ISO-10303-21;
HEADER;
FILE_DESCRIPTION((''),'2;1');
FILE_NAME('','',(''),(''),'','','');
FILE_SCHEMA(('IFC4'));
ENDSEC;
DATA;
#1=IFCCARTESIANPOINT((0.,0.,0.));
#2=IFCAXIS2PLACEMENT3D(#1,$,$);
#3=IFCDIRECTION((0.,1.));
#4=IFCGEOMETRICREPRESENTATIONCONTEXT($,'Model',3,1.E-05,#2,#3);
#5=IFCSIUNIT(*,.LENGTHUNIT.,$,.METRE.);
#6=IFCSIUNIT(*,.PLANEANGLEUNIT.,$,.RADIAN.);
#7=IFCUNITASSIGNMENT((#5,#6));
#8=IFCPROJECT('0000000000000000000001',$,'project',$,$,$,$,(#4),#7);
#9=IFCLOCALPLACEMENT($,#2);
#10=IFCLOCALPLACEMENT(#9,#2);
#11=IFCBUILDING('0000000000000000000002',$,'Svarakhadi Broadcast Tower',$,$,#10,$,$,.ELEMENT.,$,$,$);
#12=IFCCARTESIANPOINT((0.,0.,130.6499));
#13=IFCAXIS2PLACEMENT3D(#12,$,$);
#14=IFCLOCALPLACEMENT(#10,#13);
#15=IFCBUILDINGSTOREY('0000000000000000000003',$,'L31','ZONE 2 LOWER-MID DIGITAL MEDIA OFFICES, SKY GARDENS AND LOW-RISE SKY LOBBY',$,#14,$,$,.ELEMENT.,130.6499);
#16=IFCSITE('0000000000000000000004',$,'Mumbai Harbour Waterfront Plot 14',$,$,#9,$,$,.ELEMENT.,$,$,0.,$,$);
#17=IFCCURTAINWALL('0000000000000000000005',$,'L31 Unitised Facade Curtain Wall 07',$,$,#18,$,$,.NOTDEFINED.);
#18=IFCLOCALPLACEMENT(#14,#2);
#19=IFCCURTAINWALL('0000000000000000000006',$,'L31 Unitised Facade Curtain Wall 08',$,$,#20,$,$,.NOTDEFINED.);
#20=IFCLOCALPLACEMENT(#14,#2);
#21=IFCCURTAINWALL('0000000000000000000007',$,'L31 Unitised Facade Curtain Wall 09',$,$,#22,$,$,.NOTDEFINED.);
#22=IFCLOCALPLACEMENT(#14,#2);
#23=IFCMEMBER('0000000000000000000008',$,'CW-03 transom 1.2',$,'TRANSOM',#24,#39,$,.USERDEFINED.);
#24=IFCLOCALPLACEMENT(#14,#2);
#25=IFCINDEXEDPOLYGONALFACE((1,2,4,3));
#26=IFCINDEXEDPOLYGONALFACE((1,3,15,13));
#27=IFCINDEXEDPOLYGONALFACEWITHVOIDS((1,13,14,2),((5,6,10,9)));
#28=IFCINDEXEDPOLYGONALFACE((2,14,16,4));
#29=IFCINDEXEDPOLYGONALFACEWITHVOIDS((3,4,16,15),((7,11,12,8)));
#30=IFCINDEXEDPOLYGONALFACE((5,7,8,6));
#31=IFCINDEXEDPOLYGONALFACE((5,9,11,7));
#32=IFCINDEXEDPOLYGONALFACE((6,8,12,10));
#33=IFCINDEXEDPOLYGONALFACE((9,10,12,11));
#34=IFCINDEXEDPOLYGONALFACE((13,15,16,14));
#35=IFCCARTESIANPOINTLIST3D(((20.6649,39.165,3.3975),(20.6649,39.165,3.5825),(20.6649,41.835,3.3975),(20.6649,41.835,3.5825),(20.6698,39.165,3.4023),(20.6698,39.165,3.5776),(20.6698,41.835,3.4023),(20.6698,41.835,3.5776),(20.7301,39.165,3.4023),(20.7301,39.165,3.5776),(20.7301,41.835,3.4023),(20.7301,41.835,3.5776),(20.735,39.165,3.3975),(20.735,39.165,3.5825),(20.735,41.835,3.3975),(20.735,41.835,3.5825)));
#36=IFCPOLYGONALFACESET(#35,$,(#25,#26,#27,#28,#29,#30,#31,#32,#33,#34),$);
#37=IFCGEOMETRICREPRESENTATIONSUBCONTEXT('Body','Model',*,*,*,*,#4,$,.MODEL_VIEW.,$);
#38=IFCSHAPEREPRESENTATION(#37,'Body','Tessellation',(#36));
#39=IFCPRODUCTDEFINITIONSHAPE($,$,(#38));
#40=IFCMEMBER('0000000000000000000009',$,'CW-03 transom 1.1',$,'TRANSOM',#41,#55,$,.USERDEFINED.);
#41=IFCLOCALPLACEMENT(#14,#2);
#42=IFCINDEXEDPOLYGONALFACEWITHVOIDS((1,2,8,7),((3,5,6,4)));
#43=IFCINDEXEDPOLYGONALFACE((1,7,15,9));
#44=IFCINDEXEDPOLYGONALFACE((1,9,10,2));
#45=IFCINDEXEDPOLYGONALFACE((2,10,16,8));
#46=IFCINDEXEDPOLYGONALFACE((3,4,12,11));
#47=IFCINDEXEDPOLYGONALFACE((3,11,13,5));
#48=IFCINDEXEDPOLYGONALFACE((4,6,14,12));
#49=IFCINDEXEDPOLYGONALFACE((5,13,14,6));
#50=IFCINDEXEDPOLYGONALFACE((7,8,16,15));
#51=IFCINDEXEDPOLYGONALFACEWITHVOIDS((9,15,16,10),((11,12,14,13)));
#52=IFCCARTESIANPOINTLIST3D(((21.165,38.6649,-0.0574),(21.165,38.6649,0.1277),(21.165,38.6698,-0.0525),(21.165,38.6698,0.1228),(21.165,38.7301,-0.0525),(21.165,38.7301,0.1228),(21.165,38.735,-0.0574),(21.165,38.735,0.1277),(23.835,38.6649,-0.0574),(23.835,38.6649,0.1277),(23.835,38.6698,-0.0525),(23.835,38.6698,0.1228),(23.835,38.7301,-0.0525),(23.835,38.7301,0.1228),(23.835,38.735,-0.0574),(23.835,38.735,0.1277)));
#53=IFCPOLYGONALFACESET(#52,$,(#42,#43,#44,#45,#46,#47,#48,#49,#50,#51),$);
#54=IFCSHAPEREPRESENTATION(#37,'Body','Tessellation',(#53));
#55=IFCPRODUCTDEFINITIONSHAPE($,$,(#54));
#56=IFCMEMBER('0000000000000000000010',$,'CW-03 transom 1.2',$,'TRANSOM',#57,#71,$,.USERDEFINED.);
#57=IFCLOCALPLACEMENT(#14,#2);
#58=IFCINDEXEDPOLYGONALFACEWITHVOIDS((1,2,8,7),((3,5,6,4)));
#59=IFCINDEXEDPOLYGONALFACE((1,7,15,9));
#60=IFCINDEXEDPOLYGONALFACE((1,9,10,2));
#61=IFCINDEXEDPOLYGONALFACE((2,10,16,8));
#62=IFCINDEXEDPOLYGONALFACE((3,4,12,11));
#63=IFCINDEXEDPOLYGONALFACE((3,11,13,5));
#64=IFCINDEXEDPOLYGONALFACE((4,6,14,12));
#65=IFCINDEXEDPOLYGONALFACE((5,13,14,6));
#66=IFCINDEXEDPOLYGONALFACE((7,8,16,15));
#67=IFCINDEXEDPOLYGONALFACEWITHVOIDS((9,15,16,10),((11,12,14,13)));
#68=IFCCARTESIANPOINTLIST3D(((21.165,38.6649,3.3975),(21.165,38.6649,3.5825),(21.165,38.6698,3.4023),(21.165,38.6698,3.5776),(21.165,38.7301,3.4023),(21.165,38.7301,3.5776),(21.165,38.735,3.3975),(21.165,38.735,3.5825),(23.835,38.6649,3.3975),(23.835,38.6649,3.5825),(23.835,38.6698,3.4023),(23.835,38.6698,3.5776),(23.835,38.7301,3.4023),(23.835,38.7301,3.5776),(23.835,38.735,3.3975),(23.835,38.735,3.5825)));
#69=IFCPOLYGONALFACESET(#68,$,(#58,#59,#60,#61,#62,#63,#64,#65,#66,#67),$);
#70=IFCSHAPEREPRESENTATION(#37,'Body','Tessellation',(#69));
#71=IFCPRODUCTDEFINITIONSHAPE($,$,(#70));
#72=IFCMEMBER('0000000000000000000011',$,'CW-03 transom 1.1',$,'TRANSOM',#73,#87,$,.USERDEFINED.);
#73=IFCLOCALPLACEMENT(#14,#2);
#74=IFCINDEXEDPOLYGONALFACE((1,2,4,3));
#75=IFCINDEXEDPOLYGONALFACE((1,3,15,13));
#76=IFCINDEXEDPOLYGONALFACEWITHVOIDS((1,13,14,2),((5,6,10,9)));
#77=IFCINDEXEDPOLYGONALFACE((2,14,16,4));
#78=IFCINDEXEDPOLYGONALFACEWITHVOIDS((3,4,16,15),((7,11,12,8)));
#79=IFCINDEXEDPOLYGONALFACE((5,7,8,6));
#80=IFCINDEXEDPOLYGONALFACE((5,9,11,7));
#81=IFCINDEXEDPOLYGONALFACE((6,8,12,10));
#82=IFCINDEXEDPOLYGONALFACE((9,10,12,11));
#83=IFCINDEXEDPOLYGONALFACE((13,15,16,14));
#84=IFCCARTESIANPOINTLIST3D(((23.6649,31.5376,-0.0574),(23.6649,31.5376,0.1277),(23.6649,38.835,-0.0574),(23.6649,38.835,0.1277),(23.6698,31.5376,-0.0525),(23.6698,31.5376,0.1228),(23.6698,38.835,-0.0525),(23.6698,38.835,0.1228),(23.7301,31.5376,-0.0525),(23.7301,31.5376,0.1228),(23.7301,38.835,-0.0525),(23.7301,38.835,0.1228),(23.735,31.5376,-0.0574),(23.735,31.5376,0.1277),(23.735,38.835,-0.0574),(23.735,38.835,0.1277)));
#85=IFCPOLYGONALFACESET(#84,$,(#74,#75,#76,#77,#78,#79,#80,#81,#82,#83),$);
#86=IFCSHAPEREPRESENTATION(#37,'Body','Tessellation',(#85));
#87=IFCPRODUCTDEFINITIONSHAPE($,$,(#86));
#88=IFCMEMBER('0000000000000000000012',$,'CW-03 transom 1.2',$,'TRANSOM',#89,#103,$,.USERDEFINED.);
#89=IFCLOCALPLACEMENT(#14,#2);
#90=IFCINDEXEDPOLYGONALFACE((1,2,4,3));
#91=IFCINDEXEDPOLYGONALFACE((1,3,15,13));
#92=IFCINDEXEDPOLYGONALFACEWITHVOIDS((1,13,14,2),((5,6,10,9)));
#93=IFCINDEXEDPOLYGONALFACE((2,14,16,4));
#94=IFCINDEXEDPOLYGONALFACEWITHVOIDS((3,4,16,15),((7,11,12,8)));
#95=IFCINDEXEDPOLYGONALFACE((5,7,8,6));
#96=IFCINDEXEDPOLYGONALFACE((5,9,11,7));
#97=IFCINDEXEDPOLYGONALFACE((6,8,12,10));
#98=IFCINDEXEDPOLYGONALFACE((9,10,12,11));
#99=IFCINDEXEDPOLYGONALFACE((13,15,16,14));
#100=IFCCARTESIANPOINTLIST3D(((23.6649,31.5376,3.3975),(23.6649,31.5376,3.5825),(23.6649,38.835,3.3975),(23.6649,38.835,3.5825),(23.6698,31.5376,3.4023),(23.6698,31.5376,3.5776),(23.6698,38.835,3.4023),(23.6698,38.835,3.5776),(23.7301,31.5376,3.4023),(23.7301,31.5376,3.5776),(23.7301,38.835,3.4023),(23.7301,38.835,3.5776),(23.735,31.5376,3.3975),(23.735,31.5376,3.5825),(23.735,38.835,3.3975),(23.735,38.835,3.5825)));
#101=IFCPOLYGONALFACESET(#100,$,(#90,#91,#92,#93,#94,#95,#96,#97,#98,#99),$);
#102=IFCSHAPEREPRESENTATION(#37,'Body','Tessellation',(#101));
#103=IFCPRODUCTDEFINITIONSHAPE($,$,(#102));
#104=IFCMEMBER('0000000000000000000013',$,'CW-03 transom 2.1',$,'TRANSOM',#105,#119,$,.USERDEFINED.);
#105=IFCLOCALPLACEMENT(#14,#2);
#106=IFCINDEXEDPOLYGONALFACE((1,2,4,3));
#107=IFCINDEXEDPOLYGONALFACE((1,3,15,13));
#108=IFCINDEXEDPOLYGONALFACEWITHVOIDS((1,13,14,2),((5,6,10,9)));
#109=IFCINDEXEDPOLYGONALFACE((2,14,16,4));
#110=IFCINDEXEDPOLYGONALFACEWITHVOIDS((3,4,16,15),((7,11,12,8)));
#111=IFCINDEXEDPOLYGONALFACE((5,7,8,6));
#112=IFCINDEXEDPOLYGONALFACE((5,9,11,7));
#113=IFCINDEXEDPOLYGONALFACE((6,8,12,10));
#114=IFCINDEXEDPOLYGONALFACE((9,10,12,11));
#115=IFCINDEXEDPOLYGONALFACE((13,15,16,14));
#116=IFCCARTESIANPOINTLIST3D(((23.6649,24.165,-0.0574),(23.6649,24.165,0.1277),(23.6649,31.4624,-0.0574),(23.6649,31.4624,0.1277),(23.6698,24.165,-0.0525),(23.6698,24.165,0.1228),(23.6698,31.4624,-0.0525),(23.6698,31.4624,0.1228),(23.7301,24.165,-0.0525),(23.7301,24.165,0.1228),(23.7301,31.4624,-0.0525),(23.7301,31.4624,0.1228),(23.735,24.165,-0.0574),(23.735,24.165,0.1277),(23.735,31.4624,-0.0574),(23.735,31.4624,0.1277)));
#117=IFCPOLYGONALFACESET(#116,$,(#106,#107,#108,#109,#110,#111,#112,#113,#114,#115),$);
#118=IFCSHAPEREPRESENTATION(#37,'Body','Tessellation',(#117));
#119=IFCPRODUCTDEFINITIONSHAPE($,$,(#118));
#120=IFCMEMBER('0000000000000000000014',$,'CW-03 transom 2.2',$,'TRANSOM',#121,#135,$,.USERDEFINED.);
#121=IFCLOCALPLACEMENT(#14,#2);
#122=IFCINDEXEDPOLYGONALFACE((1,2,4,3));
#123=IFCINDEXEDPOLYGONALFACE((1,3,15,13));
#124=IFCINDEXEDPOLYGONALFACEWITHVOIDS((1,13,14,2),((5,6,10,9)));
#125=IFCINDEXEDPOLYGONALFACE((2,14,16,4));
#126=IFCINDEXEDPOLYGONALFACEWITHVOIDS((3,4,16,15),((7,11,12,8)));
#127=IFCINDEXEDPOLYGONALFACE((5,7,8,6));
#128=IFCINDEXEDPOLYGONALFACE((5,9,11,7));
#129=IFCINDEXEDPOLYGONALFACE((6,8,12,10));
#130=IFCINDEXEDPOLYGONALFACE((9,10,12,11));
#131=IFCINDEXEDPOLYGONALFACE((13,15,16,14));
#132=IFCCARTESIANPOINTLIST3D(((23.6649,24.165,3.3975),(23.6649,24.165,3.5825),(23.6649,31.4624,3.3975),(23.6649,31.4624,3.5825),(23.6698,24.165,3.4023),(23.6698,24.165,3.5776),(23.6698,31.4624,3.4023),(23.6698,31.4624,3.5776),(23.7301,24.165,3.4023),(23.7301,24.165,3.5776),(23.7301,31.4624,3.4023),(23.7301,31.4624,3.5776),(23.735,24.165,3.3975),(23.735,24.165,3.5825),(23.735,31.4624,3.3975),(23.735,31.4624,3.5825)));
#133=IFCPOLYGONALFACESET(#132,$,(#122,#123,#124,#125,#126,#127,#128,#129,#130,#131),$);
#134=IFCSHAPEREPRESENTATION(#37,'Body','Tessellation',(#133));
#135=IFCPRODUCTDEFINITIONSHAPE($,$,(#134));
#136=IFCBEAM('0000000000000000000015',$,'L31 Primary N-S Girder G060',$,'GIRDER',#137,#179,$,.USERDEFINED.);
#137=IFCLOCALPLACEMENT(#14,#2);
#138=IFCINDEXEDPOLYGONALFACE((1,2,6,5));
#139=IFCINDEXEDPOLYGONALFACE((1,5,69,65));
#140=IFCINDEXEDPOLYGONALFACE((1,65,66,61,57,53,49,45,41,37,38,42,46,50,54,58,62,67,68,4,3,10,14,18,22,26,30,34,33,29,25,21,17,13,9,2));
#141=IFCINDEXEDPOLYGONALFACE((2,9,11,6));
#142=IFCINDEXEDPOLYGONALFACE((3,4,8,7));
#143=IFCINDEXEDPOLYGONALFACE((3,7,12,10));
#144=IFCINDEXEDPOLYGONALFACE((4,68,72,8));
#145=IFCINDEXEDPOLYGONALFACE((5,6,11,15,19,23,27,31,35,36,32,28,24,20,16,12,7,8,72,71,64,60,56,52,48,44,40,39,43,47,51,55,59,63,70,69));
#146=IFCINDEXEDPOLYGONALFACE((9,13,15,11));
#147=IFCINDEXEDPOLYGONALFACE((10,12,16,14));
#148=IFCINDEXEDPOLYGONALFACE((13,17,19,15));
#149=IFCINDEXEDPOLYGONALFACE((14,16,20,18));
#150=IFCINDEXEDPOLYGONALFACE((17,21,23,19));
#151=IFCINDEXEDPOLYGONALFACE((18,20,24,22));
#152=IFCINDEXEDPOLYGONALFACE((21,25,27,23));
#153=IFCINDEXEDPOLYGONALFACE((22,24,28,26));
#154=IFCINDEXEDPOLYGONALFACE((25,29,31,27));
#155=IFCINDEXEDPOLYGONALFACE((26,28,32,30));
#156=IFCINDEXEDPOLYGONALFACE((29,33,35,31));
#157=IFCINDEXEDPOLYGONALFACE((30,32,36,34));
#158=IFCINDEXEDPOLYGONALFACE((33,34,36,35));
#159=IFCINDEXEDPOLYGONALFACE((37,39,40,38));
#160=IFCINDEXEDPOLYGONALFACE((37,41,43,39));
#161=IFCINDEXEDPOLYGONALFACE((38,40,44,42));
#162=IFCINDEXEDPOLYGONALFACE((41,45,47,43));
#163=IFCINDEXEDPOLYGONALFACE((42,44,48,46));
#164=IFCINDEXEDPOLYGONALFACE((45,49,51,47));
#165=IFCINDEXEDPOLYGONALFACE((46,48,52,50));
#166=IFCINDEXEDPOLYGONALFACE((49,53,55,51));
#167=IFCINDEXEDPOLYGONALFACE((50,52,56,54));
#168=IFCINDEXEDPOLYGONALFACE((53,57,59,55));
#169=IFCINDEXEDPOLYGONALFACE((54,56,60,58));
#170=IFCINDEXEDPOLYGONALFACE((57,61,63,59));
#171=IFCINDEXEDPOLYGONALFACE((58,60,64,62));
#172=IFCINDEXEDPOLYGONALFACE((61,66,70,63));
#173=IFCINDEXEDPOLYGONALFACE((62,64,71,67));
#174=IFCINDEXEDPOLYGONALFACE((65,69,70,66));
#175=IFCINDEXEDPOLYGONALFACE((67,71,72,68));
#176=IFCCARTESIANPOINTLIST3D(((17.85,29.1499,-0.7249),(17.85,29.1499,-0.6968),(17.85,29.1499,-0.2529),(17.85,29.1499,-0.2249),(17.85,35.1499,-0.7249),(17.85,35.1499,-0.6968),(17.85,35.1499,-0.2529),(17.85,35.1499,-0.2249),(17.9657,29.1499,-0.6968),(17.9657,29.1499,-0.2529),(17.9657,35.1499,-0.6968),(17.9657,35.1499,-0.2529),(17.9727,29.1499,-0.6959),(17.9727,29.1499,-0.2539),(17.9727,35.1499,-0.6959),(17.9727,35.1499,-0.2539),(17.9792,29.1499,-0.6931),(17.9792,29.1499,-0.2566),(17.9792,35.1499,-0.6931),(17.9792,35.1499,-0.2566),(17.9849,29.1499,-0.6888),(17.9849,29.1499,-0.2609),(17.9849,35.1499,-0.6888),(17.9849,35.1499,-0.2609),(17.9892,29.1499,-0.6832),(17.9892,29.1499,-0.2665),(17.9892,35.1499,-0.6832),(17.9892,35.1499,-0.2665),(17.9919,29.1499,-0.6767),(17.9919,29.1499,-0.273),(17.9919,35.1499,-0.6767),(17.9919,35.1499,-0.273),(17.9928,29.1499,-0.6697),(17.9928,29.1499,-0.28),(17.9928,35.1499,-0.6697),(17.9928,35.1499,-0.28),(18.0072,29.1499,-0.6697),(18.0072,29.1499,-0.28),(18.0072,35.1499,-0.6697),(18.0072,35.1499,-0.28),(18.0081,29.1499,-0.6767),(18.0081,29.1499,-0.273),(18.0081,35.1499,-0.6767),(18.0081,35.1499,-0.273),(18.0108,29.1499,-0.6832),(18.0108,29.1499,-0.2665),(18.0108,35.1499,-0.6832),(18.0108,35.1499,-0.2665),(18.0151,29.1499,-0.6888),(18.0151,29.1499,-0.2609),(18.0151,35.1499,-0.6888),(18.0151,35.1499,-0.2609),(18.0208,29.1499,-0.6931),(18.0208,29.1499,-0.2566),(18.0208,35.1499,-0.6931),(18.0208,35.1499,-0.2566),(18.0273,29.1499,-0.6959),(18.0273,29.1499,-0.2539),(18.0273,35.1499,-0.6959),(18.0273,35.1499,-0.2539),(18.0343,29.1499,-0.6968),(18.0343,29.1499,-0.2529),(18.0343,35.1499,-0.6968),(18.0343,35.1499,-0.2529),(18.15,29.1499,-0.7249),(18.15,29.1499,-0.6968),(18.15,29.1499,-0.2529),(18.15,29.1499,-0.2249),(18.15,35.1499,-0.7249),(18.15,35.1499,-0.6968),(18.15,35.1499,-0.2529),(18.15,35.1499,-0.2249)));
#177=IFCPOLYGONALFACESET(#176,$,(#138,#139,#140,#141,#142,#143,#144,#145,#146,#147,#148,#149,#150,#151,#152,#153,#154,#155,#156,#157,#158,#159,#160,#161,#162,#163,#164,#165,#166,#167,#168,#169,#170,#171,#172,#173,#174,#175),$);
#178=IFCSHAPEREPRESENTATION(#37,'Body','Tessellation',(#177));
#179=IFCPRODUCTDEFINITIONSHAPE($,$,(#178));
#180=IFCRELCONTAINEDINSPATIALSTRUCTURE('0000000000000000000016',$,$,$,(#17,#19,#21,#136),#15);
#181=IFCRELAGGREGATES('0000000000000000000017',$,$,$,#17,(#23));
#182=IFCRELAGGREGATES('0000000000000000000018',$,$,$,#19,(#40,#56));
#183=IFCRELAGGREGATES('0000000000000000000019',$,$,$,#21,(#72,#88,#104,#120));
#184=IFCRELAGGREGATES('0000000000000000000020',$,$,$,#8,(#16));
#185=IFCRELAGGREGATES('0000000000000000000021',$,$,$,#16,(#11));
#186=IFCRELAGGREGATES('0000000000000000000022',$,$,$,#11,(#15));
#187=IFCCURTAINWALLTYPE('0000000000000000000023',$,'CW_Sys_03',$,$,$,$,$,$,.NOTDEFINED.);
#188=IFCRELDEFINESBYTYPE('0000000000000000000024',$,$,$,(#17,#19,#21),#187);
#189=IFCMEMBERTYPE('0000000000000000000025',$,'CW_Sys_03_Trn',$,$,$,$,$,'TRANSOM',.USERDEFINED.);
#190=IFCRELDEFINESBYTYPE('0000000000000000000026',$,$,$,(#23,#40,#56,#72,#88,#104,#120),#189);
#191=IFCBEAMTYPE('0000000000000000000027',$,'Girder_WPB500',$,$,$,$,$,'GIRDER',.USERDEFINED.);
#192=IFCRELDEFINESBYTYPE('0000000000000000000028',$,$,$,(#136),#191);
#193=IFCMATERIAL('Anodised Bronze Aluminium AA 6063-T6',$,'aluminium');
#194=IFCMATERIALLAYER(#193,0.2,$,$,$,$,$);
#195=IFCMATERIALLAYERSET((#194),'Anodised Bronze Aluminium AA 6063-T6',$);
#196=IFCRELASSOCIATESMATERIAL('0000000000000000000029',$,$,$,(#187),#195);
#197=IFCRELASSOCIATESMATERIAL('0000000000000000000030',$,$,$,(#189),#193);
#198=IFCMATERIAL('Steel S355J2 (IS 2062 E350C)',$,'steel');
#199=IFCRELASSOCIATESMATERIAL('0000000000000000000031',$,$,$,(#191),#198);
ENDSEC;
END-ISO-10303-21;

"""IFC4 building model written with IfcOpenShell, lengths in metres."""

from ifc_helpers import new_model, si_unit, direction, frame, origin, origin_2d, place, context, subcontext, project, spatial, hollow_rectangle, i_section, extrude, material, layer, layer_set, material_profile, profile_set, type_object, element, aggregate, save


model = new_model("IFC4")

# Units and contexts
model_context = context("Model", 3, precision=1e-05, world=origin(), true_north=direction((0.0, 1.0)))
body_context = subcontext(model_context, "Body", "Model", "MODEL_VIEW")
ifc_project = project(units=[si_unit("LENGTHUNIT", "METRE"), si_unit("PLANEANGLEUNIT", "RADIAN")], contexts=[model_context])

# Site, building, storey
site_placement = place(None, origin())
site = spatial("IfcSite", under=ifc_project, at=site_placement, Name="Mumbai Harbour Waterfront Plot 14", CompositionType="ELEMENT", RefElevation=0.0)
building_placement = place(site_placement, origin())
building = spatial("IfcBuilding", under=site, at=building_placement, Name="Svarakhadi Broadcast Tower", CompositionType="ELEMENT")
storey_placement = place(building_placement, frame((0.0, 0.0, 130.6499)))
storey = spatial("IfcBuildingStorey", under=building, at=storey_placement, Name="L31", Description="ZONE 2 LOWER-MID DIGITAL MEDIA OFFICES, SKY GARDENS AND LOW-RISE SKY LOBBY", CompositionType="ELEMENT", Elevation=130.6499)

# Curtain walls
ifc_material_1 = material(Name="Anodised Bronze Aluminium AA 6063-T6", Category="aluminium")
ifc_layer_1 = layer(ifc_material_1, 0.2)
ifc_layer_set_1 = layer_set([ifc_layer_1], Name="Anodised Bronze Aluminium AA 6063-T6")
curtain_wall_type = type_object("IfcCurtainWallType", Name="CW_Sys_03", PredefinedType="NOTDEFINED", material=ifc_layer_set_1)
curtain_wall_1_placement = place(storey_placement, origin())
curtain_wall_1 = element("IfcCurtainWall", 1, at=curtain_wall_1_placement, inside=storey, type_object=curtain_wall_type, Name="L31 Unitised Facade Curtain Wall 07", PredefinedType="NOTDEFINED")
curtain_wall_2_placement = place(storey_placement, origin())
curtain_wall_2 = element("IfcCurtainWall", 2, at=curtain_wall_2_placement, inside=storey, type_object=curtain_wall_type, Name="L31 Unitised Facade Curtain Wall 08", PredefinedType="NOTDEFINED")
curtain_wall_3_placement = place(storey_placement, origin())
curtain_wall_3 = element("IfcCurtainWall", 3, at=curtain_wall_3_placement, inside=storey, type_object=curtain_wall_type, Name="L31 Unitised Facade Curtain Wall 09", PredefinedType="NOTDEFINED")

# Members
ifc_material_profile_1 = material_profile(ifc_material_1, hollow_rectangle(XDim=0.0701, YDim=0.1851, WallThickness=0.0049, at=origin_2d()), Name="ALU TRANSOM 185x70x5")
ifc_profile_set_1 = profile_set([ifc_material_profile_1], Name="Anodised Bronze Aluminium AA 6063-T6")
member_type_1 = type_object("IfcMemberType", Name="CW_Sys_03_Trn", ElementType="TRANSOM", PredefinedType="USERDEFINED", material=ifc_profile_set_1)
member_1_placement = place(storey_placement, frame((20.7, 41.835, 3.49), z_axis=(0.0, -1.0, 0.0), x_axis=(1.0, 0.0, 0.0)))
member_1 = element("IfcMember", 4, at=member_1_placement, type_object=member_type_1, Name="CW-03 transom 1.2", ObjectType="TRANSOM", PredefinedType="USERDEFINED", context=body_context, shape_type="SweptSolid", body=[
    extrude(hollow_rectangle(XDim=0.0701, YDim=0.1851, WallThickness=0.0049, at=origin_2d()), origin(), (0.0, 0.0, 1.0), 2.6699),
])
member_2_placement = place(storey_placement, frame((21.165, 38.7, 0.0352), z_axis=(1.0, 0.0, 0.0), x_axis=(0.0, 1.0, 0.0)))
member_2 = element("IfcMember", 5, at=member_2_placement, type_object=member_type_1, Name="CW-03 transom 1.1", ObjectType="TRANSOM", PredefinedType="USERDEFINED", context=body_context, shape_type="SweptSolid", body=[
    extrude(hollow_rectangle(XDim=0.0701, YDim=0.1851, WallThickness=0.0049, at=origin_2d()), origin(), (0.0, 0.0, 1.0), 2.6699),
])
member_3_placement = place(storey_placement, frame((21.165, 38.7, 3.49), z_axis=(1.0, 0.0, 0.0), x_axis=(0.0, 1.0, 0.0)))
member_3 = element("IfcMember", 6, at=member_3_placement, type_object=member_type_1, Name="CW-03 transom 1.2", ObjectType="TRANSOM", PredefinedType="USERDEFINED", context=body_context, shape_type="SweptSolid", body=[
    extrude(hollow_rectangle(XDim=0.0701, YDim=0.1851, WallThickness=0.0049, at=origin_2d()), origin(), (0.0, 0.0, 1.0), 2.6699),
])
member_4_placement = place(storey_placement, frame((23.7, 38.835, 0.0352), z_axis=(0.0, -1.0, 0.0), x_axis=(1.0, 0.0, 0.0)))
member_4 = element("IfcMember", 7, at=member_4_placement, type_object=member_type_1, Name="CW-03 transom 1.1", ObjectType="TRANSOM", PredefinedType="USERDEFINED", context=body_context, shape_type="SweptSolid", body=[
    extrude(hollow_rectangle(XDim=0.0701, YDim=0.1851, WallThickness=0.0049, at=origin_2d()), origin(), (0.0, 0.0, 1.0), 7.2974),
])
member_5_placement = place(storey_placement, frame((23.7, 38.835, 3.49), z_axis=(0.0, -1.0, 0.0), x_axis=(1.0, 0.0, 0.0)))
member_5 = element("IfcMember", 8, at=member_5_placement, type_object=member_type_1, Name="CW-03 transom 1.2", ObjectType="TRANSOM", PredefinedType="USERDEFINED", context=body_context, shape_type="SweptSolid", body=[
    extrude(hollow_rectangle(XDim=0.0701, YDim=0.1851, WallThickness=0.0049, at=origin_2d()), origin(), (0.0, 0.0, 1.0), 7.2974),
])
member_6_placement = place(storey_placement, frame((23.7, 31.4624, 0.0352), z_axis=(0.0, -1.0, 0.0), x_axis=(1.0, 0.0, 0.0)))
member_6 = element("IfcMember", 9, at=member_6_placement, type_object=member_type_1, Name="CW-03 transom 2.1", ObjectType="TRANSOM", PredefinedType="USERDEFINED", context=body_context, shape_type="SweptSolid", body=[
    extrude(hollow_rectangle(XDim=0.0701, YDim=0.1851, WallThickness=0.0049, at=origin_2d()), origin(), (0.0, 0.0, 1.0), 7.2974),
])
member_7_placement = place(storey_placement, frame((23.7, 31.4624, 3.49), z_axis=(0.0, -1.0, 0.0), x_axis=(1.0, 0.0, 0.0)))
member_7 = element("IfcMember", 10, at=member_7_placement, type_object=member_type_1, Name="CW-03 transom 2.2", ObjectType="TRANSOM", PredefinedType="USERDEFINED", context=body_context, shape_type="SweptSolid", body=[
    extrude(hollow_rectangle(XDim=0.0701, YDim=0.1851, WallThickness=0.0049, at=origin_2d()), origin(), (0.0, 0.0, 1.0), 7.2974),
])

# Beam
ifc_material_2 = material(Name="Steel S355J2 (IS 2062 E350C)", Category="steel")
ifc_material_profile_2 = material_profile(ifc_material_2, i_section(OverallWidth=0.3, OverallDepth=0.5, WebThickness=0.0144, FlangeThickness=0.0281, FilletRadius=0.0271, at=origin_2d()), Name="WPB 500x300x187")
ifc_profile_set_2 = profile_set([ifc_material_profile_2], Name="Steel S355J2 (IS 2062 E350C)")
beam_type = type_object("IfcBeamType", Name="Girder_WPB500", ElementType="GIRDER", PredefinedType="USERDEFINED", material=ifc_profile_set_2)
for number, where, z_axis, x_axis, name in (
    (11, (18.0, 29.1499, -0.4749), (0.0, 1.0, 0.0), (-1.0, 0.0, 0.0), "L31 Primary N-S Girder G060"),
):
    element("IfcBeam", number, at=place(storey_placement, frame(where, z_axis=z_axis, x_axis=x_axis)), inside=storey, type_object=beam_type, Name=name, ObjectType="GIRDER", PredefinedType="USERDEFINED", context=body_context, shape_type="SweptSolid", body=[
        extrude(i_section(OverallWidth=0.3, OverallDepth=0.5, WebThickness=0.0144, FlangeThickness=0.0281, FilletRadius=0.0271, at=origin_2d()), origin(), (0.0, 0.0, 1.0), 6.0),
    ])

aggregate(curtain_wall_1, [member_1])
aggregate(curtain_wall_2, [member_2, member_3])
aggregate(curtain_wall_3, [member_4, member_5, member_6, member_7])

save(model, "model.ifc")
